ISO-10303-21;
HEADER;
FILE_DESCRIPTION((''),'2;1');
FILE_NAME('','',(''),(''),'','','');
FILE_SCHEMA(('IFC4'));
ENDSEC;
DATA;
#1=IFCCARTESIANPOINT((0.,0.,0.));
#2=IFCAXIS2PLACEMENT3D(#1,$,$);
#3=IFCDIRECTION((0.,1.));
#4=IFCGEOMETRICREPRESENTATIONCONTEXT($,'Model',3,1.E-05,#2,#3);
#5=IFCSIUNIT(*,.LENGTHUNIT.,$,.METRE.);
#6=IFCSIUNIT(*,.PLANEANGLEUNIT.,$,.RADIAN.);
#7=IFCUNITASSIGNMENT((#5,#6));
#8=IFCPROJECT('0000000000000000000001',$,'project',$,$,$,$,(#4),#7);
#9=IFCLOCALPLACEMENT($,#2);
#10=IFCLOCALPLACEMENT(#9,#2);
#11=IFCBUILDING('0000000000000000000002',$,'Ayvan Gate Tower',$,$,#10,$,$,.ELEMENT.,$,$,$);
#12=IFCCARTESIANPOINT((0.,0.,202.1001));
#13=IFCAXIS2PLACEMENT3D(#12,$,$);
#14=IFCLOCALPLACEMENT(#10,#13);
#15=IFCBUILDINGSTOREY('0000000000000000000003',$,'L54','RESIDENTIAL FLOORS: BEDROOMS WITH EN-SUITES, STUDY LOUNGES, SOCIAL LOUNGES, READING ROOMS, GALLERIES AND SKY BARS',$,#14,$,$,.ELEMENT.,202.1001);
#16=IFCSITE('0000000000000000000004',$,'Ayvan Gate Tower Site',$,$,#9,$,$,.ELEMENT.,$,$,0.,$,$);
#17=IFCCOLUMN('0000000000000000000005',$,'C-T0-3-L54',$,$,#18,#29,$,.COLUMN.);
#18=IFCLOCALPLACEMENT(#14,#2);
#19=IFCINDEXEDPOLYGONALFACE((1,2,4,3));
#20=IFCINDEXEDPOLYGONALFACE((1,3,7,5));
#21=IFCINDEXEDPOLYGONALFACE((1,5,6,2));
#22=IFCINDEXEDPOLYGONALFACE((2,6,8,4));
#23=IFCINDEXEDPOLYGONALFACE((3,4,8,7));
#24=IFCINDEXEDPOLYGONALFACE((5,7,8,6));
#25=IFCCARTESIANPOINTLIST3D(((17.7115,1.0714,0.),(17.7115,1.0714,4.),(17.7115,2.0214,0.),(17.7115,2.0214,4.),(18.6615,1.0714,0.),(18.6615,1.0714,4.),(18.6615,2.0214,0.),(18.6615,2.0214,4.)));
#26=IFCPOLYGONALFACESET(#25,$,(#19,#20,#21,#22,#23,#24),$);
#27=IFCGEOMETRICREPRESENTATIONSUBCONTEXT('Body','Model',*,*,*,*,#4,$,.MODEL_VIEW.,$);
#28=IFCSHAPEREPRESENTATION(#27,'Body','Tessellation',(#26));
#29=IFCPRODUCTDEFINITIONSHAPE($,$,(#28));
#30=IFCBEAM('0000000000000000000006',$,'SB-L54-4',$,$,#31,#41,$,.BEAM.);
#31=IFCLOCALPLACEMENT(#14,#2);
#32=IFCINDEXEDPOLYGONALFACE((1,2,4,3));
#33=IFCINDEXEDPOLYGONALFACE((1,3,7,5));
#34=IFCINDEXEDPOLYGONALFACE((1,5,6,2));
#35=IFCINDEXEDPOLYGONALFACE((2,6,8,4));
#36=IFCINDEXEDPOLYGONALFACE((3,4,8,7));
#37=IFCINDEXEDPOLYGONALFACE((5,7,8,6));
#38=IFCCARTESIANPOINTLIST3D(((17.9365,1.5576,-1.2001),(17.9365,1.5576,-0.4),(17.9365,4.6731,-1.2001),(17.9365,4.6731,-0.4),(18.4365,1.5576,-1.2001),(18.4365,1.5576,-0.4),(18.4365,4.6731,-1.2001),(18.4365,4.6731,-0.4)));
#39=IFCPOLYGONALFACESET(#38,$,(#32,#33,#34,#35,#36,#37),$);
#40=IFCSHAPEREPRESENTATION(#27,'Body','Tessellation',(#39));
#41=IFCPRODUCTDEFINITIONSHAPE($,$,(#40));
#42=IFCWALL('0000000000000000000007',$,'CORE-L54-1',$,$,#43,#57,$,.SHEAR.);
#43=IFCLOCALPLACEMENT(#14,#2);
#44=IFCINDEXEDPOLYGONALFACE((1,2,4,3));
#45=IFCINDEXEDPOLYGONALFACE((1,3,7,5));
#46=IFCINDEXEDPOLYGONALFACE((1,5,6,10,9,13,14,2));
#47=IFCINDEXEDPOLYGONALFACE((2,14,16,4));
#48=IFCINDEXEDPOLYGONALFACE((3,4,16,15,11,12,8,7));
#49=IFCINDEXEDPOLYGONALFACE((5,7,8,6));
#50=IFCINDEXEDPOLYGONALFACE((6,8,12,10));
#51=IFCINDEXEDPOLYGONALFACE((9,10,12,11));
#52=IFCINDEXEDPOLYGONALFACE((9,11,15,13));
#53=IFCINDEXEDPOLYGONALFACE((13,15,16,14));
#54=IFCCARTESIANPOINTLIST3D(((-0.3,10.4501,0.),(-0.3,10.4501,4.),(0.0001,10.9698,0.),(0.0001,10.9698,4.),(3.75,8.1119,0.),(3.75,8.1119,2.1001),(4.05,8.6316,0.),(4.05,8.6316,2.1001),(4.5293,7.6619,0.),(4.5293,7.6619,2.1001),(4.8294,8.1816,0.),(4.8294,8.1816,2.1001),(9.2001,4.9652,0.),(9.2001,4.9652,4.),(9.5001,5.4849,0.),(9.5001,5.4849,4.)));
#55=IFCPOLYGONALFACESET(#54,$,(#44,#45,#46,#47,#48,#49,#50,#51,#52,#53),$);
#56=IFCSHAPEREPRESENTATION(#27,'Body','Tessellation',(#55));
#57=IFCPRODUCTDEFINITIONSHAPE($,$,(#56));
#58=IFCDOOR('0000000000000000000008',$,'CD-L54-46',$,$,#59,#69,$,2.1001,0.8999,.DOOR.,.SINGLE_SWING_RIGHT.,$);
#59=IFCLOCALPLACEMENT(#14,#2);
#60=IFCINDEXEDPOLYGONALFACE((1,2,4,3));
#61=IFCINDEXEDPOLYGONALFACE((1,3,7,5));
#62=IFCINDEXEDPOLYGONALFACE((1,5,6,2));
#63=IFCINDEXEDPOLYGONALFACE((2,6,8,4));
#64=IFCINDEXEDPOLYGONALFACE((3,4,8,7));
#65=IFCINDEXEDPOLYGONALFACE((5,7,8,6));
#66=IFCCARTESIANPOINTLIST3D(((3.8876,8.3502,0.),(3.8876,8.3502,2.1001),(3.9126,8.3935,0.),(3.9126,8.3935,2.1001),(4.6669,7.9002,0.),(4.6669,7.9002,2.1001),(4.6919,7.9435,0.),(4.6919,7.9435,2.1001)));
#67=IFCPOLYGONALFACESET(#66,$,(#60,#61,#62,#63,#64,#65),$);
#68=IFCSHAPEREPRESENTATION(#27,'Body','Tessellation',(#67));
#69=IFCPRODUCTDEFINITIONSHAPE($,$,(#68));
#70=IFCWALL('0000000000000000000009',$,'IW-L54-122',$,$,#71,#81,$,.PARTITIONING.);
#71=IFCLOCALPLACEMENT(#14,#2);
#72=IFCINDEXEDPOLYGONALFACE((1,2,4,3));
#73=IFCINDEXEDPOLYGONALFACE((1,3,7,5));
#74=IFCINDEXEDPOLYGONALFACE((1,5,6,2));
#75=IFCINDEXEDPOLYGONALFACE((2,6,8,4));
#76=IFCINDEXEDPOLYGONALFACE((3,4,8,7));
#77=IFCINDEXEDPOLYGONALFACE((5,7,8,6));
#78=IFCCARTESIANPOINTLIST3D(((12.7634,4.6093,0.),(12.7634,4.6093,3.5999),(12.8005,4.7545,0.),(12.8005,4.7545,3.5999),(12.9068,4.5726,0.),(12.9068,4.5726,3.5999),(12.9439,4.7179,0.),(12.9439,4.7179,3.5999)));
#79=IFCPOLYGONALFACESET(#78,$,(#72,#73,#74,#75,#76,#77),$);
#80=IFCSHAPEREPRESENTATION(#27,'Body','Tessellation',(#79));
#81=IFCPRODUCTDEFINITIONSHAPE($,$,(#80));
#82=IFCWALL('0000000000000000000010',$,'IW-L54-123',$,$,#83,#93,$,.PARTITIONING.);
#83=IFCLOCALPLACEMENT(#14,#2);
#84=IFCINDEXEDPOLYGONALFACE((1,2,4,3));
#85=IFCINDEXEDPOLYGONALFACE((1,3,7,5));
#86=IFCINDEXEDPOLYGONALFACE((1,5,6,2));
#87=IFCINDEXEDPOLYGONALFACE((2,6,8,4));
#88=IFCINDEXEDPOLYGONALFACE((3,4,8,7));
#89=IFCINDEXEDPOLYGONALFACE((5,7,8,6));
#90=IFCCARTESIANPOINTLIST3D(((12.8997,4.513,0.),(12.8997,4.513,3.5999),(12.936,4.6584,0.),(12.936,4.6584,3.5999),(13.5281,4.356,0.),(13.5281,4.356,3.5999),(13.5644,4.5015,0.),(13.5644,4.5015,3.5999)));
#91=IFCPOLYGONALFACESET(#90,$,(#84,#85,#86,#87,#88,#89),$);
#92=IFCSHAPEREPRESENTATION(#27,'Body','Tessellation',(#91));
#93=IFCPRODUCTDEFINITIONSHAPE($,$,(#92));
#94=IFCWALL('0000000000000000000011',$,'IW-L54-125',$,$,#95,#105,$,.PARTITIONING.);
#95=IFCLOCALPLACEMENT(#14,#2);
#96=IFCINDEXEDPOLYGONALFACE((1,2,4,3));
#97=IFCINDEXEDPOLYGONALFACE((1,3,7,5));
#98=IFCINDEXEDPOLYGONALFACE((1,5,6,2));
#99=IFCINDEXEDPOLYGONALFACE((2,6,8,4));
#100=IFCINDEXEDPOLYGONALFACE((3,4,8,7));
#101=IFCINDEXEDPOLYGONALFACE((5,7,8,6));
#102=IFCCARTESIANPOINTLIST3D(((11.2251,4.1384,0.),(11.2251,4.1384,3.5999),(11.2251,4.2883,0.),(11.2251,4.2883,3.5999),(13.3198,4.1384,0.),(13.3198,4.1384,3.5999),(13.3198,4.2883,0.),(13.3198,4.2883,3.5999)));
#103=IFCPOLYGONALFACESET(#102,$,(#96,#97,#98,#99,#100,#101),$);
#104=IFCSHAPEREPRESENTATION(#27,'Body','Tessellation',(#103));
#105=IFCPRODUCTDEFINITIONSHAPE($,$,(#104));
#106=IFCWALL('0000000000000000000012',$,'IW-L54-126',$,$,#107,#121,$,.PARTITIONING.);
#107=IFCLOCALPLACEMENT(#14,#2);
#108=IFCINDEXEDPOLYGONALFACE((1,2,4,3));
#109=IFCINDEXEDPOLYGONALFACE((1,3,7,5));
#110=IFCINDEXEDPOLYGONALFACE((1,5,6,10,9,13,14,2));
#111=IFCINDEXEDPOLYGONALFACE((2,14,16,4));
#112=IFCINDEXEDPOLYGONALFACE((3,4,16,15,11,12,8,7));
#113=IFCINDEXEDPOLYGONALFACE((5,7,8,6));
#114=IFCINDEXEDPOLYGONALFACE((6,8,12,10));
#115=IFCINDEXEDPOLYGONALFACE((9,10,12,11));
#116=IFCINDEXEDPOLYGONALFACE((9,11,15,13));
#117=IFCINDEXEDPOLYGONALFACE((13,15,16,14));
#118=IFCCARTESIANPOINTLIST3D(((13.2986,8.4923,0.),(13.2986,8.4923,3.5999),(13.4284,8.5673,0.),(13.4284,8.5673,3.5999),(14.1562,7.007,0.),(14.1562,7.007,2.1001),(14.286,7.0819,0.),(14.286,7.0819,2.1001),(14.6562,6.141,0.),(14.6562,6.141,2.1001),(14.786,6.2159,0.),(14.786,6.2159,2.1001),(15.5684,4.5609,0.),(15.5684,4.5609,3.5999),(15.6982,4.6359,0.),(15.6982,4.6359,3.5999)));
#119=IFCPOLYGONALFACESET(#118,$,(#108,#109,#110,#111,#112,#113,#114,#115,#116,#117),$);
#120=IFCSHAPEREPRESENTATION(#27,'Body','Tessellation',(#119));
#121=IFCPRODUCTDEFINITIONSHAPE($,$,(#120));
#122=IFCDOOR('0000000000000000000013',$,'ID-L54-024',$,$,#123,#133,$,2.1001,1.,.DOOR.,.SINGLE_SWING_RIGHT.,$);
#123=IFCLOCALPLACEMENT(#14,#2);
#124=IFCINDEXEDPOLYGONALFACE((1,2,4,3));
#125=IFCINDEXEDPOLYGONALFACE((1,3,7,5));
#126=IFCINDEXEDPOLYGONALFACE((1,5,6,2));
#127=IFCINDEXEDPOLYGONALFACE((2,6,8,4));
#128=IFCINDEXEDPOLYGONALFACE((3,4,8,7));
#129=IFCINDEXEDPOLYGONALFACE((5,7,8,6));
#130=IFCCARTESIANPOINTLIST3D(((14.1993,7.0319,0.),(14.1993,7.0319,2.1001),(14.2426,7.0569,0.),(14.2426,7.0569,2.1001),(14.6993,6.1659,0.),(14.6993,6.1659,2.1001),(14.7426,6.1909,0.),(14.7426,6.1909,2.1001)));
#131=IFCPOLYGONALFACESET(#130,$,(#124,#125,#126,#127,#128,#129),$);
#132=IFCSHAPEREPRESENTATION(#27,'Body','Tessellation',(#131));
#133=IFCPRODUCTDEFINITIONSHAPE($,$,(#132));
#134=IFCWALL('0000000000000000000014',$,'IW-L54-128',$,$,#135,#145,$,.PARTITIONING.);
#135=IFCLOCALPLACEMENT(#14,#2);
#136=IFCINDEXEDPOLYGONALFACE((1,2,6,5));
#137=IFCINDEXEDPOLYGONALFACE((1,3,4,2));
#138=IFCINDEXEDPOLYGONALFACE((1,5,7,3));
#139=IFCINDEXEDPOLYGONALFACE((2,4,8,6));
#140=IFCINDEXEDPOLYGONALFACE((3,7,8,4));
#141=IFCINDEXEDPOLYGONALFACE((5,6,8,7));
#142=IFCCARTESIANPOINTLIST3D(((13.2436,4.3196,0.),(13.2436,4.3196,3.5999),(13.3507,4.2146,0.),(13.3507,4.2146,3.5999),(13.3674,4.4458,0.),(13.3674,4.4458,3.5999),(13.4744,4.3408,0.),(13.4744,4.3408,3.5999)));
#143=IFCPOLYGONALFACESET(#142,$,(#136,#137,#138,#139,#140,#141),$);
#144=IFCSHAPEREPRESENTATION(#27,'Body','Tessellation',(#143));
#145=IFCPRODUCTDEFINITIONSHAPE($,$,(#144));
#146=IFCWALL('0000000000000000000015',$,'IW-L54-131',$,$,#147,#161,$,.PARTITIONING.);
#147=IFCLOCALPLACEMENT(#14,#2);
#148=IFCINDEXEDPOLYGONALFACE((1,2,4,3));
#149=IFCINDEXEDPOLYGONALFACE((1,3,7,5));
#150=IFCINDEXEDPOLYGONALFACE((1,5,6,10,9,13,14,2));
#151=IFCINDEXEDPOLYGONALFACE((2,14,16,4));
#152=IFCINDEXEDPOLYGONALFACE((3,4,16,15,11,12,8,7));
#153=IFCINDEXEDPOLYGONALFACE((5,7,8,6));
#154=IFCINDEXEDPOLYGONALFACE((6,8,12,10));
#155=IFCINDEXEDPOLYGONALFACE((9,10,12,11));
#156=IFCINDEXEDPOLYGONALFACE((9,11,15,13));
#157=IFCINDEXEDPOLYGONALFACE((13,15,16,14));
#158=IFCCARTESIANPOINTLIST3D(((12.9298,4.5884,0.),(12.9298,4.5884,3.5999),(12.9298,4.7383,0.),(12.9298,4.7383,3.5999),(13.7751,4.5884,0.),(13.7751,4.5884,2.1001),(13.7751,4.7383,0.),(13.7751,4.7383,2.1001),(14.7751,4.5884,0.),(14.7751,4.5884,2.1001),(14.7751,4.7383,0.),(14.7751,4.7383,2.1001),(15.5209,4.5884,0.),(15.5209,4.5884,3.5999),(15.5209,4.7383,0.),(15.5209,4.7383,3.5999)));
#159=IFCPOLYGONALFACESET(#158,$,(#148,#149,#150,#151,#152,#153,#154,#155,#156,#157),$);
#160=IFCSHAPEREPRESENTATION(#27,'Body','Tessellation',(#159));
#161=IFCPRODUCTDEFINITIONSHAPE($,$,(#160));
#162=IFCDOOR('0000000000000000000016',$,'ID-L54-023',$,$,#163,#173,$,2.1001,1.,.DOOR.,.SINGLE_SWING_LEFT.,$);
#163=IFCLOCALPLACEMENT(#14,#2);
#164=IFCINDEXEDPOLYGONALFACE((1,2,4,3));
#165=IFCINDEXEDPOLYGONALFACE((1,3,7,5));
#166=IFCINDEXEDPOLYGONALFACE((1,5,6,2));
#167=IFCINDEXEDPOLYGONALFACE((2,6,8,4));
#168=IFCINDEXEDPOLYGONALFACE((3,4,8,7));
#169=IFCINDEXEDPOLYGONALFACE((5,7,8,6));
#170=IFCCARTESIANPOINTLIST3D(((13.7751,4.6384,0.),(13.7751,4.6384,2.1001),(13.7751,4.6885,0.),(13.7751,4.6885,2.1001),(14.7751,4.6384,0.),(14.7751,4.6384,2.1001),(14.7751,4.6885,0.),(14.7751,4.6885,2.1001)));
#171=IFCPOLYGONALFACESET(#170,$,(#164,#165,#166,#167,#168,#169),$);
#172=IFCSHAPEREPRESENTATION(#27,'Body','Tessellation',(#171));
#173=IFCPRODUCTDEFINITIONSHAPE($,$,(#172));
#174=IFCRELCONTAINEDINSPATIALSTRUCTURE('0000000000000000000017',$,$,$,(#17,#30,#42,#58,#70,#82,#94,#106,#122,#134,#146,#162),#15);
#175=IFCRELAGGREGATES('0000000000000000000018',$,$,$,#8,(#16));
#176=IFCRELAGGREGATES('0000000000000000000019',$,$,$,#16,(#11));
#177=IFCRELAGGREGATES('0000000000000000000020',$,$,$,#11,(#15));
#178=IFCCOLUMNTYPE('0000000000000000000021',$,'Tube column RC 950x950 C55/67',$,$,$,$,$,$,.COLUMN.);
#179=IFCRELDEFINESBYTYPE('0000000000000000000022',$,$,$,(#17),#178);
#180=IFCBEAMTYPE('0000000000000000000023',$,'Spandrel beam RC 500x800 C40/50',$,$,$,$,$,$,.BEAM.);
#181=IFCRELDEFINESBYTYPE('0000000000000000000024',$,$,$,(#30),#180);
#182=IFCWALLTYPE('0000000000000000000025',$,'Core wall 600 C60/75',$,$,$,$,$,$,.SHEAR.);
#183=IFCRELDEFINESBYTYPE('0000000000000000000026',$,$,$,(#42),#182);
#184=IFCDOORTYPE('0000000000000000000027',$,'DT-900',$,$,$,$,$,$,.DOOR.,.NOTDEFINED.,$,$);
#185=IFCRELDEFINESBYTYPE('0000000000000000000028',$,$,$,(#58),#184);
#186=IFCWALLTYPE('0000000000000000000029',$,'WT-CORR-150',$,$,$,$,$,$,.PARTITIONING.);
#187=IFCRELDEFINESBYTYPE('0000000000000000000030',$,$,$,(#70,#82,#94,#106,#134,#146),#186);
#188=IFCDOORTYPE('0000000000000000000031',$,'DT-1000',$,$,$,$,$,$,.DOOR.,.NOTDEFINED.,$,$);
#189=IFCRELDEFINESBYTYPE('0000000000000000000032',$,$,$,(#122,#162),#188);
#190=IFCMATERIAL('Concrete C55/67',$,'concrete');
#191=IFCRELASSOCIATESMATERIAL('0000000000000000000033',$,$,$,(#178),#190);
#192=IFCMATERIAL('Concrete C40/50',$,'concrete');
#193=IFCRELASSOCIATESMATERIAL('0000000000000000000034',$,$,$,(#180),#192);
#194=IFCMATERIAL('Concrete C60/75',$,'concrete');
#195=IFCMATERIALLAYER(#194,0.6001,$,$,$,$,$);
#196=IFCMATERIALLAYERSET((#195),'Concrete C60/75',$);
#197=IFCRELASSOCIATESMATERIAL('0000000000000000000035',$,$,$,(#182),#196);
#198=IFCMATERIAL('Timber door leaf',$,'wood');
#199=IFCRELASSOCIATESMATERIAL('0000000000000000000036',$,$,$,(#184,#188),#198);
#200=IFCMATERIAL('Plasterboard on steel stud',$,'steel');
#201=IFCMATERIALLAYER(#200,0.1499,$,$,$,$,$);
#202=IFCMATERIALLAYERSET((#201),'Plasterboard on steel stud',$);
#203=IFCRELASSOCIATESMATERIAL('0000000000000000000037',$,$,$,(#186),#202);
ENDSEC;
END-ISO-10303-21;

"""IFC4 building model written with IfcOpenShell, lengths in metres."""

from ifc_helpers import new_model, si_unit, direction, frame, frame_2d, origin, origin_2d, place, context, subcontext, project, spatial, rectangle, extrude, material, layer, layer_set, material_profile, profile_set, type_object, element, fill, save


model = new_model("IFC4")

# Units and contexts
model_context = context("Model", 3, precision=1e-05, world=origin(), true_north=direction((0.0, 1.0)))
body_context = subcontext(model_context, "Body", "Model", "MODEL_VIEW")
ifc_project = project(units=[si_unit("LENGTHUNIT", "METRE"), si_unit("PLANEANGLEUNIT", "RADIAN")], contexts=[model_context])

# Site, building, storey
site_placement = place(None, origin())
site = spatial("IfcSite", under=ifc_project, at=site_placement, Name="Ayvan Gate Tower Site", CompositionType="ELEMENT", RefElevation=0.0)
building_placement = place(site_placement, origin())
building = spatial("IfcBuilding", under=site, at=building_placement, Name="Ayvan Gate Tower", CompositionType="ELEMENT")
storey_placement = place(building_placement, frame((0.0, 0.0, 202.1001)))
storey = spatial("IfcBuildingStorey", under=building, at=storey_placement, Name="L54", Description="RESIDENTIAL FLOORS: BEDROOMS WITH EN-SUITES, STUDY LOUNGES, SOCIAL LOUNGES, READING ROOMS, GALLERIES AND SKY BARS", CompositionType="ELEMENT", Elevation=202.1001)

# Column
ifc_material_1 = material(Name="Concrete C55/67", Category="concrete")
ifc_material_profile_1 = material_profile(ifc_material_1, rectangle(XDim=0.95, YDim=0.95, at=origin_2d()), Name="RC 950x950")
ifc_profile_set_1 = profile_set([ifc_material_profile_1], Name="Concrete C55/67")
column_type = type_object("IfcColumnType", Name="Tube column RC 950x950 C55/67", PredefinedType="COLUMN", material=ifc_profile_set_1)
column_placement = place(storey_placement, frame((18.1865, 1.5464, 0.0), z_axis=(0.0, 0.0, 1.0), x_axis=(1.0, 0.0, 0.0)))
element("IfcColumn", 1, at=column_placement, inside=storey, type_object=column_type, Name="C-T0-3-L54", PredefinedType="COLUMN", context=body_context, shape_type="SweptSolid", body=[
    extrude(rectangle(XDim=0.95, YDim=0.95, at=origin_2d()), origin(), (0.0, 0.0, 1.0), 4.0),
])

# Beam
ifc_material_2 = material(Name="Concrete C40/50", Category="concrete")
ifc_material_profile_2 = material_profile(ifc_material_2, rectangle(XDim=0.5, YDim=0.8, at=origin_2d()), Name="RC 500x800")
ifc_profile_set_2 = profile_set([ifc_material_profile_2], Name="Concrete C40/50")
beam_type = type_object("IfcBeamType", Name="Spandrel beam RC 500x800 C40/50", PredefinedType="BEAM", material=ifc_profile_set_2)
beam_placement = place(storey_placement, frame((18.1865, 1.5576, -0.8), z_axis=(0.0, 1.0, 0.0), x_axis=(-1.0, 0.0, 0.0)))
element("IfcBeam", 2, at=beam_placement, inside=storey, type_object=beam_type, Name="SB-L54-4", PredefinedType="BEAM", context=body_context, shape_type="SweptSolid", body=[
    extrude(rectangle(XDim=0.5, YDim=0.8, at=origin_2d()), origin(), (0.0, 0.0, 1.0), 3.1155),
])

# Wall, opening, door
ifc_material_3 = material(Name="Concrete C60/75", Category="concrete")
ifc_layer_1 = layer(ifc_material_3, 0.6001)
ifc_layer_set_1 = layer_set([ifc_layer_1], Name="Concrete C60/75")
wall_type_1 = type_object("IfcWallType", Name="Core wall 600 C60/75", PredefinedType="SHEAR", material=ifc_layer_set_1)
wall_1_placement = place(storey_placement, frame((9.3501, 5.2251, 0.0), z_axis=(0.0, 0.0, 1.0), x_axis=(-0.866024, 0.500002, 0.0)))
wall_1 = element("IfcWall", 3, at=wall_1_placement, inside=storey, type_object=wall_type_1, Name="CORE-L54-1", PredefinedType="SHEAR", context=body_context, shape_type="SweptSolid", body=[
    extrude(rectangle(XDim=10.9697, YDim=0.6001, at=frame_2d((5.4849, 0.0))), origin(), (0.0, 0.0, 1.0), 4.0),
])
opening_1_placement = place(wall_1_placement, frame((5.3933, 0.0, 0.0)))
opening_1 = element("IfcOpeningElement", 4, at=opening_1_placement, cuts=wall_1, PredefinedType="OPENING", context=body_context, shape_type="SweptSolid", body=[
    extrude(rectangle(XDim=0.8999, YDim=2.1001, at=frame_2d((0.45, 1.05))), frame((0.0, 0.3101, 0.0), z_axis=(0.0, -1.0, 0.0), x_axis=(1.0, 0.0, 0.0)), (0.0, 0.0, 1.0), 0.6201),
])
ifc_material_4 = material(Name="Timber door leaf", Category="wood")
door_type_1 = type_object("IfcDoorType", Name="DT-900", OperationType="NOTDEFINED", PredefinedType="DOOR", material=ifc_material_4)
door_1_placement = place(opening_1_placement, origin())
door_1 = element("IfcDoor", 5, at=door_1_placement, inside=storey, type_object=door_type_1, Name="CD-L54-46", OperationType="SINGLE_SWING_RIGHT", OverallHeight=2.1001, OverallWidth=0.8999, PredefinedType="DOOR", context=body_context, shape_type="SweptSolid", body=[
    extrude(rectangle(XDim=0.8999, YDim=2.1001, at=frame_2d((0.45, 1.05))), frame((0.0, 0.0249, 0.0), z_axis=(0.0, -1.0, 0.0), x_axis=(1.0, 0.0, 0.0)), (0.0, 0.0, 1.0), 0.05),
])
fill(opening_1, door_1)

# Walls
ifc_material_5 = material(Name="Plasterboard on steel stud", Category="steel")
ifc_layer_2 = layer(ifc_material_5, 0.1499)
ifc_layer_set_2 = layer_set([ifc_layer_2], Name="Plasterboard on steel stud")
wall_type_2 = type_object("IfcWallType", Name="WT-CORR-150", PredefinedType="PARTITIONING", material=ifc_layer_set_2)
wall_2_placement = place(storey_placement, frame((12.782, 4.6819, 0.0), z_axis=(0.0, 0.0, 1.0), x_axis=(0.968867, -0.247581, 0.0)))
element("IfcWall", 6, at=wall_2_placement, inside=storey, type_object=wall_type_2, Name="IW-L54-122", PredefinedType="PARTITIONING", context=body_context, shape_type="SweptSolid", body=[
    extrude(rectangle(XDim=0.1479, YDim=0.1499, at=frame_2d((0.074, 0.0))), origin(), (0.0, 0.0, 1.0), 3.5999),
])
wall_3_placement = place(storey_placement, frame((12.918, 4.5857, 0.0), z_axis=(0.0, 0.0, 1.0), x_axis=(0.970187, -0.242358, 0.0)))
element("IfcWall", 7, at=wall_3_placement, inside=storey, type_object=wall_type_2, Name="IW-L54-123", PredefinedType="PARTITIONING", context=body_context, shape_type="SweptSolid", body=[
    extrude(rectangle(XDim=0.6477, YDim=0.1499, at=frame_2d((0.3237, 0.0))), origin(), (0.0, 0.0, 1.0), 3.5999),
])
wall_4_placement = place(storey_placement, frame((13.3198, 4.2134, 0.0), z_axis=(0.0, 0.0, 1.0), x_axis=(-1.0, 0.0, 0.0)))
element("IfcWall", 8, at=wall_4_placement, inside=storey, type_object=wall_type_2, Name="IW-L54-125", PredefinedType="PARTITIONING", context=body_context, shape_type="SweptSolid", body=[
    extrude(rectangle(XDim=2.0947, YDim=0.1499, at=frame_2d((1.0474, 0.0))), origin(), (0.0, 0.0, 1.0), 3.5999),
])

# Wall, opening, door
wall_5_placement = place(storey_placement, frame((13.3635, 8.5298, 0.0), z_axis=(0.0, 0.0, 1.0), x_axis=(0.499997, -0.866027, 0.0)))
wall_5 = element("IfcWall", 9, at=wall_5_placement, inside=storey, type_object=wall_type_2, Name="IW-L54-126", PredefinedType="PARTITIONING", context=body_context, shape_type="SweptSolid", body=[
    extrude(rectangle(XDim=4.5396, YDim=0.1499, at=frame_2d((2.2698, 0.0))), origin(), (0.0, 0.0, 1.0), 3.5999),
])
opening_2_placement = place(wall_5_placement, frame((1.7151, 0.0, 0.0)))
opening_2 = element("IfcOpeningElement", 10, at=opening_2_placement, cuts=wall_5, PredefinedType="OPENING", context=body_context, shape_type="SweptSolid", body=[
    extrude(rectangle(XDim=1.0, YDim=2.1001, at=frame_2d((0.5, 1.05))), frame((0.0, 0.085, 0.0), z_axis=(0.0, -1.0, 0.0), x_axis=(1.0, 0.0, 0.0)), (0.0, 0.0, 1.0), 0.1699),
])
door_type_2 = type_object("IfcDoorType", Name="DT-1000", OperationType="NOTDEFINED", PredefinedType="DOOR", material=ifc_material_4)
door_2_placement = place(opening_2_placement, origin())
door_2 = element("IfcDoor", 11, at=door_2_placement, inside=storey, type_object=door_type_2, Name="ID-L54-024", OperationType="SINGLE_SWING_RIGHT", OverallHeight=2.1001, OverallWidth=1.0, PredefinedType="DOOR", context=body_context, shape_type="SweptSolid", body=[
    extrude(rectangle(XDim=1.0, YDim=2.1001, at=frame_2d((0.5, 1.05))), frame((0.0, 0.0249, 0.0), z_axis=(0.0, -1.0, 0.0), x_axis=(1.0, 0.0, 0.0)), (0.0, 0.0, 1.0), 0.05),
])
fill(opening_2, door_2)

# Wall
wall_6_placement = place(storey_placement, frame((13.4209, 4.3933, 0.0), z_axis=(0.0, 0.0, 1.0), x_axis=(-0.700168, -0.713978, 0.0)))
element("IfcWall", 12, at=wall_6_placement, inside=storey, type_object=wall_type_2, Name="IW-L54-128", PredefinedType="PARTITIONING", context=body_context, shape_type="SweptSolid", body=[
    extrude(rectangle(XDim=0.1768, YDim=0.1499, at=frame_2d((0.0884, 0.0))), origin(), (0.0, 0.0, 1.0), 3.5999),
])

# Wall, opening, door
wall_7_placement = place(storey_placement, frame((15.5208, 4.6633, 0.0), z_axis=(0.0, 0.0, 1.0), x_axis=(-1.0, 0.0, 0.0)))
wall_7 = element("IfcWall", 13, at=wall_7_placement, inside=storey, type_object=wall_type_2, Name="IW-L54-131", PredefinedType="PARTITIONING", context=body_context, shape_type="SweptSolid", body=[
    extrude(rectangle(XDim=2.5911, YDim=0.1499, at=frame_2d((1.2954, 0.0))), origin(), (0.0, 0.0, 1.0), 3.5999),
])
opening_3_placement = place(wall_7_placement, frame((0.7456, 0.0, 0.0)))
opening_3 = element("IfcOpeningElement", 14, at=opening_3_placement, cuts=wall_7, PredefinedType="OPENING", context=body_context, shape_type="SweptSolid", body=[
    extrude(rectangle(XDim=1.0, YDim=2.1001, at=frame_2d((0.5, 1.05))), frame((0.0, 0.085, 0.0), z_axis=(0.0, -1.0, 0.0), x_axis=(1.0, 0.0, 0.0)), (0.0, 0.0, 1.0), 0.1699),
])
door_3_placement = place(opening_3_placement, origin())
door_3 = element("IfcDoor", 15, at=door_3_placement, inside=storey, type_object=door_type_2, Name="ID-L54-023", OperationType="SINGLE_SWING_LEFT", OverallHeight=2.1001, OverallWidth=1.0, PredefinedType="DOOR", context=body_context, shape_type="SweptSolid", body=[
    extrude(rectangle(XDim=1.0, YDim=2.1001, at=frame_2d((0.5, 1.05))), frame((0.0, 0.0249, 0.0), z_axis=(0.0, -1.0, 0.0), x_axis=(1.0, 0.0, 0.0)), (0.0, 0.0, 1.0), 0.05),
])
fill(opening_3, door_3)

save(model, "model.ifc")
